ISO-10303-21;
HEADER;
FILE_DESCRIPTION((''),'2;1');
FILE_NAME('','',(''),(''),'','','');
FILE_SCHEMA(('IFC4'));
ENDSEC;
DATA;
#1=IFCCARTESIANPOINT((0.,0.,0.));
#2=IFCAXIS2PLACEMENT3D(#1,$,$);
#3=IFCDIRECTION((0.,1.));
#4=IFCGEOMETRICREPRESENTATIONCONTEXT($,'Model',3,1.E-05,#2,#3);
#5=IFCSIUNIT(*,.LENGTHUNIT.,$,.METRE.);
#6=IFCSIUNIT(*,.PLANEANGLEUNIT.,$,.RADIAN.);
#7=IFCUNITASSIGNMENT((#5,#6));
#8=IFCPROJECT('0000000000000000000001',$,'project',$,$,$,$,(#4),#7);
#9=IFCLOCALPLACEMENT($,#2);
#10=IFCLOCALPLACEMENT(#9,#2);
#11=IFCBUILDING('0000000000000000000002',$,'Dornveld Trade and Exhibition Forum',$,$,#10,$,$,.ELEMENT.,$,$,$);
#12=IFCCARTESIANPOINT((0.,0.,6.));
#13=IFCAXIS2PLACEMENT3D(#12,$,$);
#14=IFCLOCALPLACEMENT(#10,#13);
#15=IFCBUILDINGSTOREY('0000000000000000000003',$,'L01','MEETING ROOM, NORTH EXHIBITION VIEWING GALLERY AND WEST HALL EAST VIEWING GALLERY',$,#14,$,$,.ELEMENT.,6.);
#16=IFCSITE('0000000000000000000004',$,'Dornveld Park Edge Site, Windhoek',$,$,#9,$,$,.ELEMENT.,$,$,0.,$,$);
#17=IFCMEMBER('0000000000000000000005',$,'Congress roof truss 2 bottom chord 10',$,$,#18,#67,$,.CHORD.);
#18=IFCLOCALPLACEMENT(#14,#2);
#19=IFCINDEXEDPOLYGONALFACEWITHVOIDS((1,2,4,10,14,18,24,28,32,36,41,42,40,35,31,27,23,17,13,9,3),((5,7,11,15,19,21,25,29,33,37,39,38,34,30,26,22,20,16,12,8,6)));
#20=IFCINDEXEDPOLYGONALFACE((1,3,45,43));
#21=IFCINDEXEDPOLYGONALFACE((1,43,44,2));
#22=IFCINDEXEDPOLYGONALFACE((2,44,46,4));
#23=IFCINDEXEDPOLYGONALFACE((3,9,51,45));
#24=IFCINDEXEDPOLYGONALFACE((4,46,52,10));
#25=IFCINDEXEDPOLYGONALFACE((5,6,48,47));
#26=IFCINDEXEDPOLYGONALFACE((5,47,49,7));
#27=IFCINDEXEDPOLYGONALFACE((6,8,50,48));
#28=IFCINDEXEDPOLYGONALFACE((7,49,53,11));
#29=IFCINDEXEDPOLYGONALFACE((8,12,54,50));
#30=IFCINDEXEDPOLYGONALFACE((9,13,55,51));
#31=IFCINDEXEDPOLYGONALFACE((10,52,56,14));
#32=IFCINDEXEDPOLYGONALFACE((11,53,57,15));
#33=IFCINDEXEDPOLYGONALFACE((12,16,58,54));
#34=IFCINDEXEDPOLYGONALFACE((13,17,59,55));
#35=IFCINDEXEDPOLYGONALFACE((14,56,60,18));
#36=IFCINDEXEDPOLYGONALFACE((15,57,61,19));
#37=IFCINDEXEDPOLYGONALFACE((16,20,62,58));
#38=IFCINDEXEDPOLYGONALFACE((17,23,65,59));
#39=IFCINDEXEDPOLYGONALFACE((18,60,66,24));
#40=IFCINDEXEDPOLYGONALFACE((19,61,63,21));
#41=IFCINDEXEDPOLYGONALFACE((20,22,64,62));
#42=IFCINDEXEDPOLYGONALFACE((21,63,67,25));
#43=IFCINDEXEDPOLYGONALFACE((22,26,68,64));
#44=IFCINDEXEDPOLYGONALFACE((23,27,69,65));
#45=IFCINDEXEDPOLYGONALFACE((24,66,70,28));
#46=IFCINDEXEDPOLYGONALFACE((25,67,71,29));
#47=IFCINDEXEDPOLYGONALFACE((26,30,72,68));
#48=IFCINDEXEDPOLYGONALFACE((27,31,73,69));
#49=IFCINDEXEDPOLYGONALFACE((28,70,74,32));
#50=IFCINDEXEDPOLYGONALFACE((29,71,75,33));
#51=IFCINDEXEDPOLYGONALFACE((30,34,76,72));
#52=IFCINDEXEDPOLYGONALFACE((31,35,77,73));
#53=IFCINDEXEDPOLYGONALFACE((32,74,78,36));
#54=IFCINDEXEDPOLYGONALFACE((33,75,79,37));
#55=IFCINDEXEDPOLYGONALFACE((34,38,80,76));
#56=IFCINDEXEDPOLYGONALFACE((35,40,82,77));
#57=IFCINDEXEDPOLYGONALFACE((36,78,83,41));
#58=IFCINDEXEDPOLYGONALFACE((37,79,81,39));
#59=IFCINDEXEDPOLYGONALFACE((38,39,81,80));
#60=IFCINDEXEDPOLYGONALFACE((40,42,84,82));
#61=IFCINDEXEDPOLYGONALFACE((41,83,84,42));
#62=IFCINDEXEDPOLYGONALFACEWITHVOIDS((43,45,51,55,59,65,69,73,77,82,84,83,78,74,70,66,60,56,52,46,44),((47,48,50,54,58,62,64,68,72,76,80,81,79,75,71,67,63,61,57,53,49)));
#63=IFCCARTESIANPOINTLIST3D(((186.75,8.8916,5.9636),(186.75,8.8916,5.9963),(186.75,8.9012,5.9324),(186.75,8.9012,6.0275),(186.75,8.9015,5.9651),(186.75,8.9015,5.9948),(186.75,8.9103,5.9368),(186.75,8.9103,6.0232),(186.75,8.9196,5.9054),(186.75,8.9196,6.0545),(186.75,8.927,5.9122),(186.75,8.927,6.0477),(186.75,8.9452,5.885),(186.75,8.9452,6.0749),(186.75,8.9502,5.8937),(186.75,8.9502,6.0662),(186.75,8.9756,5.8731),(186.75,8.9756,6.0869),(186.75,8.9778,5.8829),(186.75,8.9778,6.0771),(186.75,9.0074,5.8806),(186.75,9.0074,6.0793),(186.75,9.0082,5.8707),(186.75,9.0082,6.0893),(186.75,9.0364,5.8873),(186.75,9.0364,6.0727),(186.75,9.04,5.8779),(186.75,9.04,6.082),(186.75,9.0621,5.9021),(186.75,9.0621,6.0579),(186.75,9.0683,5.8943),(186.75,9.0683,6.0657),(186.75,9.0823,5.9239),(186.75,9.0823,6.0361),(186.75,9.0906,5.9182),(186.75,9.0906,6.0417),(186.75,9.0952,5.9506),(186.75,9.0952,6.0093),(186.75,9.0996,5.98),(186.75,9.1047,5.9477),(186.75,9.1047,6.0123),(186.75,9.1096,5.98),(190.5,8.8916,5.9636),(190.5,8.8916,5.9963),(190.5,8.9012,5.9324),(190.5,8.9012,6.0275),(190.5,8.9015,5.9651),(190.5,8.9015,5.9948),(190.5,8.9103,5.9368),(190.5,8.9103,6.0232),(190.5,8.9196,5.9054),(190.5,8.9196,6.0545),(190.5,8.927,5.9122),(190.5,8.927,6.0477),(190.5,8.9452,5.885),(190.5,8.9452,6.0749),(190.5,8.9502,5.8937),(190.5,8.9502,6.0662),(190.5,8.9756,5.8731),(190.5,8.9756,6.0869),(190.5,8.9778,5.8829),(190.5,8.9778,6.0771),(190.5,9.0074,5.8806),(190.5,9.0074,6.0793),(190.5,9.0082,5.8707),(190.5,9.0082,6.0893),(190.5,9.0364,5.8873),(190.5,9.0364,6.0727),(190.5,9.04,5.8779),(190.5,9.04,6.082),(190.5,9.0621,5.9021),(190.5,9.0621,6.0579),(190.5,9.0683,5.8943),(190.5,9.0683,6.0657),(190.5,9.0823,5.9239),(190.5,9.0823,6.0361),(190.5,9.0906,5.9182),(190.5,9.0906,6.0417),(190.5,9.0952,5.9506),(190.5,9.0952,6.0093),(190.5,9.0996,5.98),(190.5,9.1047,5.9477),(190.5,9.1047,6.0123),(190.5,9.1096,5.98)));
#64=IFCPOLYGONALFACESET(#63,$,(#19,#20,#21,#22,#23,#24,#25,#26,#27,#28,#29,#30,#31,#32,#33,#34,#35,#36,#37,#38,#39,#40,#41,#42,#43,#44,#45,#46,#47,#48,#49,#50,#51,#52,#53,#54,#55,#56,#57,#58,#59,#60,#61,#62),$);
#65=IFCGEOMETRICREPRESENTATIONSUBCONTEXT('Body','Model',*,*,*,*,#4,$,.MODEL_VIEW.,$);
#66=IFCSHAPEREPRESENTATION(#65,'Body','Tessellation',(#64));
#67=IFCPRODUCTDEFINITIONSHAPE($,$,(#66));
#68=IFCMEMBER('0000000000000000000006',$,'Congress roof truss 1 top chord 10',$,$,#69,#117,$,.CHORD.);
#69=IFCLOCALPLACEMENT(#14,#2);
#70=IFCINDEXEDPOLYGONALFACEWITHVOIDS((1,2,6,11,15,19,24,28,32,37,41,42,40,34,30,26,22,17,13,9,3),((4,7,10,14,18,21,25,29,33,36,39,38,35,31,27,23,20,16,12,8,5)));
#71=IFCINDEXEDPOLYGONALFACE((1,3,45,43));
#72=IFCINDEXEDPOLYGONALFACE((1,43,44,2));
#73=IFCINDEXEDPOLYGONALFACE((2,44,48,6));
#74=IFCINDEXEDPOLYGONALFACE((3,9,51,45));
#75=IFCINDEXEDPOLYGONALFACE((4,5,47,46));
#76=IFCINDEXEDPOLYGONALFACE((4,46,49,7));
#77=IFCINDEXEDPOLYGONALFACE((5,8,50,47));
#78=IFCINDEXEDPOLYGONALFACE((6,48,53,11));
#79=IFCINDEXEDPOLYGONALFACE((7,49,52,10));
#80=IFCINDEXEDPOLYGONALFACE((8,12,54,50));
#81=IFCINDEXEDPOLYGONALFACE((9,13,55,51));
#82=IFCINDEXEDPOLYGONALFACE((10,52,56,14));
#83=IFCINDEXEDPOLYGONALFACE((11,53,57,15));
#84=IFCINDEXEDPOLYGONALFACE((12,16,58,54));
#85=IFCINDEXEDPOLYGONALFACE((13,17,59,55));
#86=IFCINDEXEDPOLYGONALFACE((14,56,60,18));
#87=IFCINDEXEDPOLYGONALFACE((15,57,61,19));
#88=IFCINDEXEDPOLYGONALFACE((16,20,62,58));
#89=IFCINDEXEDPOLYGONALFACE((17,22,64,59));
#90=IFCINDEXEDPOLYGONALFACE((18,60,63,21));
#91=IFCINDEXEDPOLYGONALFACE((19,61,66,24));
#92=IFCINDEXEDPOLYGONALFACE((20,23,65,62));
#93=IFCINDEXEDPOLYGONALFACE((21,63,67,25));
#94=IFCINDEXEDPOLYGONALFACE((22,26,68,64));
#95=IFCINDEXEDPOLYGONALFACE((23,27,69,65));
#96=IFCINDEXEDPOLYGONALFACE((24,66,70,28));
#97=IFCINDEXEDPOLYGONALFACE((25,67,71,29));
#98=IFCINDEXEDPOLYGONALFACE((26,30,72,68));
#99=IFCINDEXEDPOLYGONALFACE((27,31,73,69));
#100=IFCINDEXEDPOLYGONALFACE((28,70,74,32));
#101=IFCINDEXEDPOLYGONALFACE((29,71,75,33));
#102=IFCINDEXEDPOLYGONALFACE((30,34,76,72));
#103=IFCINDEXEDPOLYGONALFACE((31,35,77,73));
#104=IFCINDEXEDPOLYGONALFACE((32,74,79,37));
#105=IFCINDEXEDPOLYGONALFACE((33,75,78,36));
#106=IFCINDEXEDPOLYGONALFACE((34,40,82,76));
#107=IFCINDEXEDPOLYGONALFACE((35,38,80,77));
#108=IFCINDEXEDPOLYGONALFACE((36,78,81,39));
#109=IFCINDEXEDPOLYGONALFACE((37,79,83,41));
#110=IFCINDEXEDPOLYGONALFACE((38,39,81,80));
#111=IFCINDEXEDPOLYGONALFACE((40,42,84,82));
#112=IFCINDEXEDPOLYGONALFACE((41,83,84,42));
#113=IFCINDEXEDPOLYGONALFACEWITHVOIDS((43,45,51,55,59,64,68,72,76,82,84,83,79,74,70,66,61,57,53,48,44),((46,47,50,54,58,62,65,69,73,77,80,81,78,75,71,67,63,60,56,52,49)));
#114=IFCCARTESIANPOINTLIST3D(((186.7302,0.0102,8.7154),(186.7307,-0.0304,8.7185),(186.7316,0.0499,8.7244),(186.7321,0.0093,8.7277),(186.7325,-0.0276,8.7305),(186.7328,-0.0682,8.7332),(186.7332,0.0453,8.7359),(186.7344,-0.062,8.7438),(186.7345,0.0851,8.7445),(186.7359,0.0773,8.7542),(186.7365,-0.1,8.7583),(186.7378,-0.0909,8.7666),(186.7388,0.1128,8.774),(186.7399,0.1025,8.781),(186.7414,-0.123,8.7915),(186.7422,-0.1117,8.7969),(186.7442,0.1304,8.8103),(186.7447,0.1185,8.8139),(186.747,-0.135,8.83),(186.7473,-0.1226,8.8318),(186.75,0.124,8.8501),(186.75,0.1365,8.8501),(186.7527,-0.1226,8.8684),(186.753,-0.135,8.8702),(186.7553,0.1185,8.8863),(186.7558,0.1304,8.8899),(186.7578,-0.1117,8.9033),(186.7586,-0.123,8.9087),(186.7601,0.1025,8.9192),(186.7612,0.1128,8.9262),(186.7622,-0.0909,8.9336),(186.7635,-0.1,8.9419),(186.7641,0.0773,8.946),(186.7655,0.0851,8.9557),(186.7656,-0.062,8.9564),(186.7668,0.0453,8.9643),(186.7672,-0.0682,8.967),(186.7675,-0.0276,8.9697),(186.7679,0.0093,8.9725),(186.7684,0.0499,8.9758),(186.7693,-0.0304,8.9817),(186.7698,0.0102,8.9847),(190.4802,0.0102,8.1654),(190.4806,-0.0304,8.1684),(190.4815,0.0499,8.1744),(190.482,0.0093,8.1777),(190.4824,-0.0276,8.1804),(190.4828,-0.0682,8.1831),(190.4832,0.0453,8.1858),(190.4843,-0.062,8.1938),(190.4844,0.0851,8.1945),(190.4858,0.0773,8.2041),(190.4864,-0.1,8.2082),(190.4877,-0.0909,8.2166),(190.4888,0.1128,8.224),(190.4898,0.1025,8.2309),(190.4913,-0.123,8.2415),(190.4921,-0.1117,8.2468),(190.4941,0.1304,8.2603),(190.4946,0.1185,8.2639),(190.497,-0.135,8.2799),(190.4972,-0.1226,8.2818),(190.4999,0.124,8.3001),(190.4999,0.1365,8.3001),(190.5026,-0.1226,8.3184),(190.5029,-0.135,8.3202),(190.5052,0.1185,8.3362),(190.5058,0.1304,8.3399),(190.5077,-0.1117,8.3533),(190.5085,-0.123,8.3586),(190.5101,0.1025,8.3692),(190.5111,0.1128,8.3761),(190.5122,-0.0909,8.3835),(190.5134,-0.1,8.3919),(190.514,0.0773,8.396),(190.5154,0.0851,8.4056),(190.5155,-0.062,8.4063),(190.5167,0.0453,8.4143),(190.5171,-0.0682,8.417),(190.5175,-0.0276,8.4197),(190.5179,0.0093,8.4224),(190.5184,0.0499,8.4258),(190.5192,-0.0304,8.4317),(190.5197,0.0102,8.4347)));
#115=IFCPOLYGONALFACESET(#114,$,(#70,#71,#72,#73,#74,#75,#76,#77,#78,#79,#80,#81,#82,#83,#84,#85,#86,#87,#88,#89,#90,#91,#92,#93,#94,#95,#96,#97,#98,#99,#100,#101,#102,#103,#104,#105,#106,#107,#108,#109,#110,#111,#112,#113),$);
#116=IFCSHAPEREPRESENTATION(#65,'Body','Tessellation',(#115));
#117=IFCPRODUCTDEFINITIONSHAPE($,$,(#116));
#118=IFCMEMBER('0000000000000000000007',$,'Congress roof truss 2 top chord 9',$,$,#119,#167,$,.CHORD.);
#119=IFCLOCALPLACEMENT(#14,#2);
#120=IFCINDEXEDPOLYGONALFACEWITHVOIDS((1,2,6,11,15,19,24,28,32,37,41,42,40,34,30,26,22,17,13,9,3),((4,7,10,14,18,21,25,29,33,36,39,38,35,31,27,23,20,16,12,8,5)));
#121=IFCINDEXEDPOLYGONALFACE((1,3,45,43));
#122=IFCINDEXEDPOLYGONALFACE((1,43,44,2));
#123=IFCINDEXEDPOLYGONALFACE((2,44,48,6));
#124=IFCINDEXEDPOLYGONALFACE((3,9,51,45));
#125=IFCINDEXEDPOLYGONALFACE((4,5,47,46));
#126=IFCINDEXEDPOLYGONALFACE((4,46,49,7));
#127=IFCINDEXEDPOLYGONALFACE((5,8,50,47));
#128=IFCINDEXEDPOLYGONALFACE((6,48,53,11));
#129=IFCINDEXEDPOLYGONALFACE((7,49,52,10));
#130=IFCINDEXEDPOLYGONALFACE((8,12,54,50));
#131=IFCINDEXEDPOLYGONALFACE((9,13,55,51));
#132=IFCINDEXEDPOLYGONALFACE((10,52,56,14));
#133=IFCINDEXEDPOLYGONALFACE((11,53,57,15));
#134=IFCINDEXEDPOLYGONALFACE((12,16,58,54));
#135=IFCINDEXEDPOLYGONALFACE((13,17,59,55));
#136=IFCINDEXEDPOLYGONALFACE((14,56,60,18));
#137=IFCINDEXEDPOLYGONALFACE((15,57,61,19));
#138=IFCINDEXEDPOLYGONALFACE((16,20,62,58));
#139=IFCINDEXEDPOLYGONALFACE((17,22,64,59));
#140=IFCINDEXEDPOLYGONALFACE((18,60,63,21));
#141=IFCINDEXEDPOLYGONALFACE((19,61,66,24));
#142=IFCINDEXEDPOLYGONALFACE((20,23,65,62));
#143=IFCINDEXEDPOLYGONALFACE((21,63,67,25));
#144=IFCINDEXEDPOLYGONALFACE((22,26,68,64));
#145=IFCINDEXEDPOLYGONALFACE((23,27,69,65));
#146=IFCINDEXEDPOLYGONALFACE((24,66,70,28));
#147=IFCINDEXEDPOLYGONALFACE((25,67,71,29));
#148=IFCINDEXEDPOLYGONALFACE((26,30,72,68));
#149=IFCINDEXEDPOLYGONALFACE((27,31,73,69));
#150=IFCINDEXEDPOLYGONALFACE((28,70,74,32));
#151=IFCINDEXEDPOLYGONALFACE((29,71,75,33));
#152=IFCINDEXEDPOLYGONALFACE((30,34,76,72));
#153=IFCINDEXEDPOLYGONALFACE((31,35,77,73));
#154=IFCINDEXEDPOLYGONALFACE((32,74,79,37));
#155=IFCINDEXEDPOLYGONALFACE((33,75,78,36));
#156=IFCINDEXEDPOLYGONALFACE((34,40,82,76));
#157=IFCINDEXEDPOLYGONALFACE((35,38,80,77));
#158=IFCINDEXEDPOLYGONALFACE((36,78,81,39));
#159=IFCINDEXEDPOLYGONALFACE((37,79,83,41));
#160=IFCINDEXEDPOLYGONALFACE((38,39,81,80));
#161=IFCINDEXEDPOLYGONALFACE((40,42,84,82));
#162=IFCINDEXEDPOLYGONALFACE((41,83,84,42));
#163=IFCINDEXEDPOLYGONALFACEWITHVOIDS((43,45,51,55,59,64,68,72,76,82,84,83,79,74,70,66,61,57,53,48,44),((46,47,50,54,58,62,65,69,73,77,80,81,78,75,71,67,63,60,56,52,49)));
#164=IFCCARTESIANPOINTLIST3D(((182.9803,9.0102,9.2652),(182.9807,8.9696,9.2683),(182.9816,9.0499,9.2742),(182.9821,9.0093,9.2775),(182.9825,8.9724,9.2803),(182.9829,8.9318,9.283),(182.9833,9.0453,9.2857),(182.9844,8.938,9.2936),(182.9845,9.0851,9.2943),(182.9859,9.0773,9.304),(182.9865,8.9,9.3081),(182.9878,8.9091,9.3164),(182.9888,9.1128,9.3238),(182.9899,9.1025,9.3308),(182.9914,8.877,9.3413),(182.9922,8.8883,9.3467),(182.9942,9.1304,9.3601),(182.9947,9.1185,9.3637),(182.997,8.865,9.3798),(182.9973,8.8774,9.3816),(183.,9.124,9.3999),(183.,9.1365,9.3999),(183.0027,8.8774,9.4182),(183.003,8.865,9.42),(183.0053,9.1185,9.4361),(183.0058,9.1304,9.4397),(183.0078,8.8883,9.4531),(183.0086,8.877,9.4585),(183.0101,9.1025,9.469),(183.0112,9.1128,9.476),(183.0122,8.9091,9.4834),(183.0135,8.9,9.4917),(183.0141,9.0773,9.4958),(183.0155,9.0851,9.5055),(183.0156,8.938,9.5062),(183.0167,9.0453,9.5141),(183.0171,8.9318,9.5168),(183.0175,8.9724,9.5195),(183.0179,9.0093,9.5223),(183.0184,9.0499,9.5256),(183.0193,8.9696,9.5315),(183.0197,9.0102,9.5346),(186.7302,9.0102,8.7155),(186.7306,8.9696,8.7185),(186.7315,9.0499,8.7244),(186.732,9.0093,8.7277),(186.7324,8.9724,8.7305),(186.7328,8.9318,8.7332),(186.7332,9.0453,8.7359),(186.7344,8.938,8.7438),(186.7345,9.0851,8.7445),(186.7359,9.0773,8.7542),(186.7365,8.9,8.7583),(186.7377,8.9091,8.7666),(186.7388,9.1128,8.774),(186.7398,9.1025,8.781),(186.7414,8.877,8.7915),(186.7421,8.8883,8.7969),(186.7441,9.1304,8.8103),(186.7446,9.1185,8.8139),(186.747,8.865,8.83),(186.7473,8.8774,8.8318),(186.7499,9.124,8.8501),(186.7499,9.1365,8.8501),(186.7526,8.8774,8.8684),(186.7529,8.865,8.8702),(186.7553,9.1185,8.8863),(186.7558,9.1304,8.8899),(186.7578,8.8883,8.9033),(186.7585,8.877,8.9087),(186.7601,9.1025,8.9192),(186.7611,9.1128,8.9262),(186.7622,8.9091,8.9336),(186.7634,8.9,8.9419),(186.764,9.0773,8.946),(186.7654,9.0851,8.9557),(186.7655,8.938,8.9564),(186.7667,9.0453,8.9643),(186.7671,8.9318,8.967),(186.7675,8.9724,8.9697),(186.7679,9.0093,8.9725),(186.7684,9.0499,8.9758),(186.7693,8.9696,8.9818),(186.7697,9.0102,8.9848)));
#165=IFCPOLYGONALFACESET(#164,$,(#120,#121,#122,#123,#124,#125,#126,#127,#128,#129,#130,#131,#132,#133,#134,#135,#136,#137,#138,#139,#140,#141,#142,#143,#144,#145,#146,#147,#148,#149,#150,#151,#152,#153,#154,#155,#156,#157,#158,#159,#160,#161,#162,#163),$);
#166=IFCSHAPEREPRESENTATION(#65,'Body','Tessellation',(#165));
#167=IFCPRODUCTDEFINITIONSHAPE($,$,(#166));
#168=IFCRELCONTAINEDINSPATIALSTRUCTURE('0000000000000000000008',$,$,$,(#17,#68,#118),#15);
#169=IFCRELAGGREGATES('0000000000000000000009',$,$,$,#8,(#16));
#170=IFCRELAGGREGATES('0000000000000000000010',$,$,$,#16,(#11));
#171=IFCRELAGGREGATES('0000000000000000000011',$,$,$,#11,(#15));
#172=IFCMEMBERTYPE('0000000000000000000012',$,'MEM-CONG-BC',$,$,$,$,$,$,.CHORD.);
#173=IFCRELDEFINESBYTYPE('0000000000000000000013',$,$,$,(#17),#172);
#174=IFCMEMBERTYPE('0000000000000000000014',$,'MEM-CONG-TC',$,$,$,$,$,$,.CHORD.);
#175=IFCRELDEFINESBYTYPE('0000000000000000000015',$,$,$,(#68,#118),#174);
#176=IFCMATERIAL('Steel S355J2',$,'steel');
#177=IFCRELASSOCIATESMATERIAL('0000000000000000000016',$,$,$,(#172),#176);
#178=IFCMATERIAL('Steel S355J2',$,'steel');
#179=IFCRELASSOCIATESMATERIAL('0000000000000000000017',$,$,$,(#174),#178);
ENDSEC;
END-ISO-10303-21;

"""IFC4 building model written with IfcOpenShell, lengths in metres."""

from ifc_helpers import new_model, si_unit, direction, frame, origin, origin_2d, place, context, subcontext, project, spatial, hollow_circle, extrude, material, material_profile, profile_set, type_object, element, save


model = new_model("IFC4")

# Units and contexts
model_context = context("Model", 3, precision=1e-05, world=origin(), true_north=direction((0.0, 1.0)))
body_context = subcontext(model_context, "Body", "Model", "MODEL_VIEW")
ifc_project = project(units=[si_unit("LENGTHUNIT", "METRE"), si_unit("PLANEANGLEUNIT", "RADIAN")], contexts=[model_context])

# Site, building, storey
site_placement = place(None, origin())
site = spatial("IfcSite", under=ifc_project, at=site_placement, Name="Dornveld Park Edge Site, Windhoek", CompositionType="ELEMENT", RefElevation=0.0)
building_placement = place(site_placement, origin())
building = spatial("IfcBuilding", under=site, at=building_placement, Name="Dornveld Trade and Exhibition Forum", CompositionType="ELEMENT")
storey_placement = place(building_placement, frame((0.0, 0.0, 6.0)))
storey = spatial("IfcBuildingStorey", under=building, at=storey_placement, Name="L01", Description="MEETING ROOM, NORTH EXHIBITION VIEWING GALLERY AND WEST HALL EAST VIEWING GALLERY", CompositionType="ELEMENT", Elevation=6.0)

# Members
ifc_material_1 = material(Name="Steel S355J2", Category="steel")
ifc_material_profile_1 = material_profile(ifc_material_1, hollow_circle(Radius=0.1096, WallThickness=0.01, at=origin_2d()), Name="CHS 219.1x10")
ifc_profile_set_1 = profile_set([ifc_material_profile_1], Name="Steel S355J2")
member_type_1 = type_object("IfcMemberType", Name="MEM-CONG-BC", PredefinedType="CHORD", material=ifc_profile_set_1)
for number, where, z_axis, x_axis, name in (
    (1, (186.75, 9.0, 5.98), (1.0, 0.0, 0.0), (0.0, 1.0, 0.0), "Congress roof truss 2 bottom chord 10"),
):
    element("IfcMember", number, at=place(storey_placement, frame(where, z_axis=z_axis, x_axis=x_axis)), inside=storey, type_object=member_type_1, Name=name, PredefinedType="CHORD", context=body_context, shape_type="SweptSolid", body=[
        extrude(hollow_circle(Radius=0.1096, WallThickness=0.01, at=origin_2d()), origin(), (0.0, 0.0, 1.0), 3.75),
    ])
ifc_material_2 = material(Name="Steel S355J2", Category="steel")
ifc_material_profile_2 = material_profile(ifc_material_2, hollow_circle(Radius=0.1365, WallThickness=0.0125, at=origin_2d()), Name="CHS 273x12.5")
ifc_profile_set_2 = profile_set([ifc_material_profile_2], Name="Steel S355J2")
member_type_2 = type_object("IfcMemberType", Name="MEM-CONG-TC", PredefinedType="CHORD", material=ifc_profile_set_2)
for number, where, z_axis, x_axis, name in (
    (2, (186.75, 0.0, 8.8501), (0.989413, 0.0, -0.145127), (0.0, 1.0, 0.0), "Congress roof truss 1 top chord 10"),
    (3, (183.0, 9.0, 9.3999), (0.989422, 0.0, -0.145064), (0.0, 1.0, 0.0), "Congress roof truss 2 top chord 9"),
):
    element("IfcMember", number, at=place(storey_placement, frame(where, z_axis=z_axis, x_axis=x_axis)), inside=storey, type_object=member_type_2, Name=name, PredefinedType="CHORD", context=body_context, shape_type="SweptSolid", body=[
        extrude(hollow_circle(Radius=0.1365, WallThickness=0.0125, at=origin_2d()), origin(), (0.0, 0.0, 1.0), 3.79),
    ])

save(model, "model.ifc")
